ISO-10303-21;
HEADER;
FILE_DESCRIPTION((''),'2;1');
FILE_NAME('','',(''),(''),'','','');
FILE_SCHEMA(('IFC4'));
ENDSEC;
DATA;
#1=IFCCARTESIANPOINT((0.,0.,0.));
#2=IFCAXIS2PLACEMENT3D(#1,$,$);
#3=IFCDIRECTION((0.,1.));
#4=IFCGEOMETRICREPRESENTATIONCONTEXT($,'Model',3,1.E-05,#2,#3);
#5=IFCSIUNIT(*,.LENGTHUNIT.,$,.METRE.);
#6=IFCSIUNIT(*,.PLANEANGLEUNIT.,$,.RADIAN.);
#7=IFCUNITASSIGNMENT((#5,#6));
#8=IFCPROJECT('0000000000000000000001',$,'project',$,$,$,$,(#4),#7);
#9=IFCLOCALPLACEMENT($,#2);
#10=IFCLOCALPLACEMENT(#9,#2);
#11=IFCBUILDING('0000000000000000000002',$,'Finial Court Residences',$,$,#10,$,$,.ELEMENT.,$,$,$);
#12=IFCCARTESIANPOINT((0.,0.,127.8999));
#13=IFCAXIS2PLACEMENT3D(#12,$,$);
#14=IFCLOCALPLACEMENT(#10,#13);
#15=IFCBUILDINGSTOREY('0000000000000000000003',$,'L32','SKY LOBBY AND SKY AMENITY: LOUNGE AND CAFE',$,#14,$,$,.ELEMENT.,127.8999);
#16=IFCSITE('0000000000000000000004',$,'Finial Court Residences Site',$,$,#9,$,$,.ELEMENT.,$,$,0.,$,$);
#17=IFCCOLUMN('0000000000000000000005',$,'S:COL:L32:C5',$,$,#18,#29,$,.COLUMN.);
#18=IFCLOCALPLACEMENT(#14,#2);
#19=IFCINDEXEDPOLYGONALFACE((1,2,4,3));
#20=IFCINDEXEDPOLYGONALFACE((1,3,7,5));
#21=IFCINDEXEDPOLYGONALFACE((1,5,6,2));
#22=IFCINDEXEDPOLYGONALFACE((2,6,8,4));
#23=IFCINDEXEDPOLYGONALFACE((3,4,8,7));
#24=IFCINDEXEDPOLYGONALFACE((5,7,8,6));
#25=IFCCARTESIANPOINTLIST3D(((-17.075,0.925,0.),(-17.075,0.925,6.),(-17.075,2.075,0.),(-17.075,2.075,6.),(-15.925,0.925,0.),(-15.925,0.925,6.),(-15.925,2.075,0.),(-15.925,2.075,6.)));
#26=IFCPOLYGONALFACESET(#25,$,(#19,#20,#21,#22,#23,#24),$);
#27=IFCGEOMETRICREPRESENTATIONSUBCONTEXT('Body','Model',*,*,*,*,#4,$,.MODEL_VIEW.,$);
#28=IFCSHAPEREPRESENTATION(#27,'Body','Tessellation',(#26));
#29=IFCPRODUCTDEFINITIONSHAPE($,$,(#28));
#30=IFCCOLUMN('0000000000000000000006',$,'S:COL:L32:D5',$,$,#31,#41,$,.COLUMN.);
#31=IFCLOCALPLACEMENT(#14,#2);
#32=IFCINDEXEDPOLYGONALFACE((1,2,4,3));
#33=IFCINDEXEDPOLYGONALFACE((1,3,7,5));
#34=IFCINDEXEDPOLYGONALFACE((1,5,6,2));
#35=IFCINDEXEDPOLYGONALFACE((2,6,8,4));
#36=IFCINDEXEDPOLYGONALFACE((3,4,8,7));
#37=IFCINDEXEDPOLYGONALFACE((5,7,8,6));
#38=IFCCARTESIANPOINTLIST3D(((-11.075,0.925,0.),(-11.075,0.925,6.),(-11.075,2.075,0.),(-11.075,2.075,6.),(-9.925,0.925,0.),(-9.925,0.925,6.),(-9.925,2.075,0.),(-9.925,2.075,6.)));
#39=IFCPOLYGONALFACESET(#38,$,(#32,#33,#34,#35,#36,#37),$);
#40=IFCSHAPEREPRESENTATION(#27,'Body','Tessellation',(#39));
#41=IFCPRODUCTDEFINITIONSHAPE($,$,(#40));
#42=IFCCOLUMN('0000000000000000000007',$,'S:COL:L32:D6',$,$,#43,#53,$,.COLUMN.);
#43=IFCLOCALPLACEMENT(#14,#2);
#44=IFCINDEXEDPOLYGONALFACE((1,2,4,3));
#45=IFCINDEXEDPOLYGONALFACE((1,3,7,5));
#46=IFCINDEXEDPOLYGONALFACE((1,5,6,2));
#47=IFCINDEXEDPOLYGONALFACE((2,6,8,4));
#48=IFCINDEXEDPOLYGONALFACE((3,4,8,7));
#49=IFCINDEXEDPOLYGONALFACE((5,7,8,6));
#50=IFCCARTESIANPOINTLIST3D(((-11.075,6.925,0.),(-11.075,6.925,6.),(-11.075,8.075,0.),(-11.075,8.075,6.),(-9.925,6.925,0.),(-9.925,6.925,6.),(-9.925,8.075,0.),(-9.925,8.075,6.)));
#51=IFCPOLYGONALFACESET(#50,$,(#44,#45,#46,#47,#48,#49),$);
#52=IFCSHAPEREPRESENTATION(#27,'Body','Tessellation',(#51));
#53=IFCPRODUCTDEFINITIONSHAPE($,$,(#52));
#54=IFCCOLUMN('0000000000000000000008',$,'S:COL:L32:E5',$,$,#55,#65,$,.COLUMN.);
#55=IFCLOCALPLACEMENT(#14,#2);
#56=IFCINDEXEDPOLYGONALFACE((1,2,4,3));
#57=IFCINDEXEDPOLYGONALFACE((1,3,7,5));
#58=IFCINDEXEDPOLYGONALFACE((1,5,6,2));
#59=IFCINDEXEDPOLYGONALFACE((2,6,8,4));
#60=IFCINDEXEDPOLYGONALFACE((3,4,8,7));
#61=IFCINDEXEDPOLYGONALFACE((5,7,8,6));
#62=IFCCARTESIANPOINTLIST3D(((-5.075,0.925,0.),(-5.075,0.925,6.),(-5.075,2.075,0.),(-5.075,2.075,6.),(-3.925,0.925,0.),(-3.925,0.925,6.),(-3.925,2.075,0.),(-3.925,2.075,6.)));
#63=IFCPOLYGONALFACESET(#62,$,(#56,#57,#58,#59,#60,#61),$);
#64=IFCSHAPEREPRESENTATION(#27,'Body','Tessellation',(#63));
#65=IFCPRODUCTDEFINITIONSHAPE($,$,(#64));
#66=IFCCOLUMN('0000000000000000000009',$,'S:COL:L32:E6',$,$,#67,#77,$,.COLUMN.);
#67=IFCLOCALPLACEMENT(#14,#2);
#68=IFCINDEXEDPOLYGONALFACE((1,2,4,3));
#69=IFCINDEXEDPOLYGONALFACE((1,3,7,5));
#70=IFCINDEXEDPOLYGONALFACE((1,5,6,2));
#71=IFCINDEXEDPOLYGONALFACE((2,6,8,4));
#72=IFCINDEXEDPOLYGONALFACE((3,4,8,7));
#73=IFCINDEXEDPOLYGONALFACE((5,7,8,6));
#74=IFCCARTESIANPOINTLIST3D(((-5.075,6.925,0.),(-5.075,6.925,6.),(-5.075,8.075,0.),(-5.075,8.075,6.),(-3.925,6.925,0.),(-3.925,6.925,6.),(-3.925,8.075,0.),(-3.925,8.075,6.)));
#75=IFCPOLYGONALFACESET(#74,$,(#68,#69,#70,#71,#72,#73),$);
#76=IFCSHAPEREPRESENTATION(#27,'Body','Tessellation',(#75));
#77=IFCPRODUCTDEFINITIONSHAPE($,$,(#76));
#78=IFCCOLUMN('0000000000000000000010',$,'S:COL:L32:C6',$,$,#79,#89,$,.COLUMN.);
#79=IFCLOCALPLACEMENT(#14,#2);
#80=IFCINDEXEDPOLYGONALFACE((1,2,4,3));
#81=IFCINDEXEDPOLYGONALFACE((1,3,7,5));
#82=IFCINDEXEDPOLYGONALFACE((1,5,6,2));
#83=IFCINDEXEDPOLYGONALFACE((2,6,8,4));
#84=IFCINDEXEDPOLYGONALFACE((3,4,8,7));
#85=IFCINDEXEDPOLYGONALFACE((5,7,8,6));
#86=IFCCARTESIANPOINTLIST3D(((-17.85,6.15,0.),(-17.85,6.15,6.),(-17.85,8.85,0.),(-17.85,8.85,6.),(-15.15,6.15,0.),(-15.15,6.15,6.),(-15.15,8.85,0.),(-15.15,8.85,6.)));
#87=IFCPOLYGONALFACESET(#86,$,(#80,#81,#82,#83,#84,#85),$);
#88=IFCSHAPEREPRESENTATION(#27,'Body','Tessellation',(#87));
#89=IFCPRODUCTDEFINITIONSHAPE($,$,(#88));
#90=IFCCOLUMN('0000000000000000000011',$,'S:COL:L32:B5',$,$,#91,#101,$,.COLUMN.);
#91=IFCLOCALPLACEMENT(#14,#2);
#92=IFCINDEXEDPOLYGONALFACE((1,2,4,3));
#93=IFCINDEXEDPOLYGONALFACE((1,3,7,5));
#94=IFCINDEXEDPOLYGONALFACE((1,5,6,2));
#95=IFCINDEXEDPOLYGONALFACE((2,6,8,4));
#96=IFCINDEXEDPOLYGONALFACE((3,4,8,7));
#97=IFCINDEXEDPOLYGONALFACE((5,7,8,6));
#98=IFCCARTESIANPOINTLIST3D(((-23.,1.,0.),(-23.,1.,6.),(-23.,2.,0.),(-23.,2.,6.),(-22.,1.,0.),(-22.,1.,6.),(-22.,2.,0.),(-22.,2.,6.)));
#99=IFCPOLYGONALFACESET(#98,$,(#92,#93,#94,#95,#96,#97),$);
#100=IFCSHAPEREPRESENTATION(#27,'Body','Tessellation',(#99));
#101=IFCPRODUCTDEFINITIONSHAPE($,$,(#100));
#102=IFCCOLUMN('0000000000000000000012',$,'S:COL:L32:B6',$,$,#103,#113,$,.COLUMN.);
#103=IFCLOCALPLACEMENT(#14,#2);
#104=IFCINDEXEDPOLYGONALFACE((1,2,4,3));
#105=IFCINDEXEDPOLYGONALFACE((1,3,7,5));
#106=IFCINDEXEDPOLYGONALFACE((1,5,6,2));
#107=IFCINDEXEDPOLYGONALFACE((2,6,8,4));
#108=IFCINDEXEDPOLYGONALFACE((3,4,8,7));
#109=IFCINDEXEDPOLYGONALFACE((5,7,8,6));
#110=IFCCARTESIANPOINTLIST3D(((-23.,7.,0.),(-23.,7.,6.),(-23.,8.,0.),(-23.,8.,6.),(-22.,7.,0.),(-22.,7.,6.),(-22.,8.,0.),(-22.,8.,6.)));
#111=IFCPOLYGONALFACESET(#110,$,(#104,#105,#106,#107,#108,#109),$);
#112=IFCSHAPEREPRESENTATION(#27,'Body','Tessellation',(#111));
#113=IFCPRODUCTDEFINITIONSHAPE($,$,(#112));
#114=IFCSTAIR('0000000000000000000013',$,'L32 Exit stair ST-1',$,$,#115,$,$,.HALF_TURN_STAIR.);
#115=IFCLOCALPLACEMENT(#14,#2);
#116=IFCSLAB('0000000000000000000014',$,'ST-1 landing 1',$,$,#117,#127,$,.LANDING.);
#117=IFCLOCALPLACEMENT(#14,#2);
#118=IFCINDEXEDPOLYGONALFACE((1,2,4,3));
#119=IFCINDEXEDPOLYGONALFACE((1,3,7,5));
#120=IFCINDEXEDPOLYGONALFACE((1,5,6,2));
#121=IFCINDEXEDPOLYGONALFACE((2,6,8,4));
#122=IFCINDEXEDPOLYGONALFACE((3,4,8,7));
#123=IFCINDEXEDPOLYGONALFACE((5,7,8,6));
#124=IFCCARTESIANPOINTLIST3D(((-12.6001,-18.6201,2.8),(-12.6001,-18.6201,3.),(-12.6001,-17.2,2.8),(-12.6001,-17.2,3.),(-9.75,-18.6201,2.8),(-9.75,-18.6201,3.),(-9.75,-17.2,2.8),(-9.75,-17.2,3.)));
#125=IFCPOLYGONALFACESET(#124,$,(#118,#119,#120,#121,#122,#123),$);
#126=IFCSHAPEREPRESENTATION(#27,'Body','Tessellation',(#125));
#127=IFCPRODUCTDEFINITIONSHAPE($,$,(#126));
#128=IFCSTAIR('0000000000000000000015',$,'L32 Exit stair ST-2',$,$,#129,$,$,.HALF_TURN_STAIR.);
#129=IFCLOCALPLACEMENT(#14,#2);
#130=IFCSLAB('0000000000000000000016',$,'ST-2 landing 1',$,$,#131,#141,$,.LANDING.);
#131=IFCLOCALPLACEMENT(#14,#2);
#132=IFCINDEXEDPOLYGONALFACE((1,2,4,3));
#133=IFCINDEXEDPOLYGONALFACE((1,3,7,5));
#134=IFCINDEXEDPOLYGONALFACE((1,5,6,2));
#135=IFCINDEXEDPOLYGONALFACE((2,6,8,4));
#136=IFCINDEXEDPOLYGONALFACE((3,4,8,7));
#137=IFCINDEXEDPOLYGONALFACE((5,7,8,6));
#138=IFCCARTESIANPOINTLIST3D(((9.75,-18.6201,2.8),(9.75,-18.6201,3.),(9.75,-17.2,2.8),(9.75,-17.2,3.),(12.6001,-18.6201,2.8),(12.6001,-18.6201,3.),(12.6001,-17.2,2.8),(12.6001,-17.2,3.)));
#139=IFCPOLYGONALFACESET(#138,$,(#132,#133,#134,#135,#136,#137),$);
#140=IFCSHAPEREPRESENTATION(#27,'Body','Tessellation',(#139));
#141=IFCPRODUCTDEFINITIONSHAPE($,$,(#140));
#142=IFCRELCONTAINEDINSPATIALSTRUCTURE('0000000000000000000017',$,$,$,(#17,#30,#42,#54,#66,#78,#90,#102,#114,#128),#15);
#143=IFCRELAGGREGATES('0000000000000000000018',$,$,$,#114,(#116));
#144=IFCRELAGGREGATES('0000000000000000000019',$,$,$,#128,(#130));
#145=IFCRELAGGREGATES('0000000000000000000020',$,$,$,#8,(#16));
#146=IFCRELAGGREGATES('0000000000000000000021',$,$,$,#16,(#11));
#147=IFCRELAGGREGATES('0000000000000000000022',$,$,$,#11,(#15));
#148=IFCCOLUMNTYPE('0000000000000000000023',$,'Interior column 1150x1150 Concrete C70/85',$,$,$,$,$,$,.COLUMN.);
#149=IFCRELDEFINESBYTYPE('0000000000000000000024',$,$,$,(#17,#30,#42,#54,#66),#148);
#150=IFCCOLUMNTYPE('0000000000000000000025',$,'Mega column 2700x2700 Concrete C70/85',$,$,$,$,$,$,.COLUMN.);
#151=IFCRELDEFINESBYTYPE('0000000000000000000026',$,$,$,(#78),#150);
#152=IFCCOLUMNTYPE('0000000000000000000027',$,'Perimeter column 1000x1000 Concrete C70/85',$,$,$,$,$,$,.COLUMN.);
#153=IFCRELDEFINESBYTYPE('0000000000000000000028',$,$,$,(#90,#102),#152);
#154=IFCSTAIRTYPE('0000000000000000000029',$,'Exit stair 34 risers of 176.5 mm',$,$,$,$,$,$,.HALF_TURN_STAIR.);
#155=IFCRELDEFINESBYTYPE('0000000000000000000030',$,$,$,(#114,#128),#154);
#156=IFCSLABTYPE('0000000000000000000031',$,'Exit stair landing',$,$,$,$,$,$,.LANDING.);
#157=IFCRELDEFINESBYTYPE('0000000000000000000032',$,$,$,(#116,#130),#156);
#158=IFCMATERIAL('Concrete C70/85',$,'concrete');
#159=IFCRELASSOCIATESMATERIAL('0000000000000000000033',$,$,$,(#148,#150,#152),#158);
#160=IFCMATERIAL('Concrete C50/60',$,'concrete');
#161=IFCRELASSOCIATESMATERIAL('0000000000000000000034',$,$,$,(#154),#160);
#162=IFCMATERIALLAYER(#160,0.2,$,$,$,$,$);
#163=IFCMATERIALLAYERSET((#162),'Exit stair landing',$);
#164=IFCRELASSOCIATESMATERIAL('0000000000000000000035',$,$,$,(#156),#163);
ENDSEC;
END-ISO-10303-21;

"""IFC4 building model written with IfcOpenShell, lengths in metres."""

from ifc_helpers import new_model, si_unit, direction, frame, origin, origin_2d, place, context, subcontext, project, spatial, polyline, rectangle, outline, extrude, material, layer, layer_set, material_profile, profile_set, type_object, element, aggregate, save


model = new_model("IFC4")

# Units and contexts
model_context = context("Model", 3, precision=1e-05, world=origin(), true_north=direction((0.0, 1.0)))
body_context = subcontext(model_context, "Body", "Model", "MODEL_VIEW")
ifc_project = project(units=[si_unit("LENGTHUNIT", "METRE"), si_unit("PLANEANGLEUNIT", "RADIAN")], contexts=[model_context])

# Site, building, storey
site_placement = place(None, origin())
site = spatial("IfcSite", under=ifc_project, at=site_placement, Name="Finial Court Residences Site", CompositionType="ELEMENT", RefElevation=0.0)
building_placement = place(site_placement, origin())
building = spatial("IfcBuilding", under=site, at=building_placement, Name="Finial Court Residences", CompositionType="ELEMENT")
storey_placement = place(building_placement, frame((0.0, 0.0, 127.8999)))
storey = spatial("IfcBuildingStorey", under=building, at=storey_placement, Name="L32", Description="SKY LOBBY AND SKY AMENITY: LOUNGE AND CAFE", CompositionType="ELEMENT", Elevation=127.8999)

# Columns
ifc_material_1 = material(Name="Concrete C70/85", Category="concrete")
ifc_material_profile_1 = material_profile(ifc_material_1, rectangle(XDim=1.1499, YDim=1.1499, at=origin_2d()), Name="1150x1150")
ifc_profile_set_1 = profile_set([ifc_material_profile_1], Name="Concrete C70/85")
column_type_1 = type_object("IfcColumnType", Name="Interior column 1150x1150 Concrete C70/85", PredefinedType="COLUMN", material=ifc_profile_set_1)
for number, where, z_axis, x_axis, name in (
    (1, (-16.5, 1.5, 0.0), (0.0, 0.0, 1.0), (1.0, 0.0, 0.0), "S:COL:L32:C5"),
    (2, (-10.5, 1.5, 0.0), (0.0, 0.0, 1.0), (1.0, 0.0, 0.0), "S:COL:L32:D5"),
    (3, (-10.5, 7.5, 0.0), (0.0, 0.0, 1.0), (1.0, 0.0, 0.0), "S:COL:L32:D6"),
    (4, (-4.5, 1.5, 0.0), (0.0, 0.0, 1.0), (1.0, 0.0, 0.0), "S:COL:L32:E5"),
    (5, (-4.5, 7.5, 0.0), (0.0, 0.0, 1.0), (1.0, 0.0, 0.0), "S:COL:L32:E6"),
):
    element("IfcColumn", number, at=place(storey_placement, frame(where, z_axis=z_axis, x_axis=x_axis)), inside=storey, type_object=column_type_1, Name=name, PredefinedType="COLUMN", context=body_context, shape_type="SweptSolid", body=[
        extrude(rectangle(XDim=1.1499, YDim=1.1499, at=origin_2d()), origin(), (0.0, 0.0, 1.0), 6.0),
    ])
ifc_material_profile_2 = material_profile(ifc_material_1, rectangle(XDim=2.7, YDim=2.7, at=origin_2d()), Name="2700x2700")
ifc_profile_set_2 = profile_set([ifc_material_profile_2], Name="Concrete C70/85")
column_type_2 = type_object("IfcColumnType", Name="Mega column 2700x2700 Concrete C70/85", PredefinedType="COLUMN", material=ifc_profile_set_2)
column_placement = place(storey_placement, frame((-16.5, 7.5, 0.0), z_axis=(0.0, 0.0, 1.0), x_axis=(1.0, 0.0, 0.0)))
element("IfcColumn", 6, at=column_placement, inside=storey, type_object=column_type_2, Name="S:COL:L32:C6", PredefinedType="COLUMN", context=body_context, shape_type="SweptSolid", body=[
    extrude(rectangle(XDim=2.7, YDim=2.7, at=origin_2d()), origin(), (0.0, 0.0, 1.0), 6.0),
])
ifc_material_profile_3 = material_profile(ifc_material_1, rectangle(XDim=1.0, YDim=1.0, at=origin_2d()), Name="1000x1000")
ifc_profile_set_3 = profile_set([ifc_material_profile_3], Name="Concrete C70/85")
column_type_3 = type_object("IfcColumnType", Name="Perimeter column 1000x1000 Concrete C70/85", PredefinedType="COLUMN", material=ifc_profile_set_3)
for number, where, z_axis, x_axis, name in (
    (7, (-22.5, 1.5, 0.0), (0.0, 0.0, 1.0), (1.0, 0.0, 0.0), "S:COL:L32:B5"),
    (8, (-22.5, 7.5, 0.0), (0.0, 0.0, 1.0), (1.0, 0.0, 0.0), "S:COL:L32:B6"),
):
    element("IfcColumn", number, at=place(storey_placement, frame(where, z_axis=z_axis, x_axis=x_axis)), inside=storey, type_object=column_type_3, Name=name, PredefinedType="COLUMN", context=body_context, shape_type="SweptSolid", body=[
        extrude(rectangle(XDim=1.0, YDim=1.0, at=origin_2d()), origin(), (0.0, 0.0, 1.0), 6.0),
    ])

# Stairs, slabs
ifc_material_2 = material(Name="Concrete C50/60", Category="concrete")
stair_type = type_object("IfcStairType", Name="Exit stair 34 risers of 176.5 mm", PredefinedType="HALF_TURN_STAIR", material=ifc_material_2)
stair_1_placement = place(storey_placement, origin())
stair_1 = element("IfcStair", 9, at=stair_1_placement, inside=storey, type_object=stair_type, Name="L32 Exit stair ST-1", PredefinedType="HALF_TURN_STAIR")
ifc_layer_1 = layer(ifc_material_2, 0.2)
ifc_layer_set_1 = layer_set([ifc_layer_1], Name="Exit stair landing")
slab_type_1 = type_object("IfcSlabType", Name="Exit stair landing", PredefinedType="LANDING", material=ifc_layer_set_1)
slab_1_placement = place(storey_placement, frame((0.0, 0.0, 2.8)))
slab_1 = element("IfcSlab", 10, at=slab_1_placement, type_object=slab_type_1, Name="ST-1 landing 1", PredefinedType="LANDING", context=body_context, shape_type="SweptSolid", body=[
    extrude(outline(polyline([(-9.75, -18.6201), (-9.75, -17.2), (-12.6001, -17.2), (-12.6001, -18.6201), (-9.75, -18.6201)])), origin(), (0.0, 0.0, 1.0), 0.2),
])
aggregate(stair_1, [slab_1])
stair_2_placement = place(storey_placement, origin())
stair_2 = element("IfcStair", 11, at=stair_2_placement, inside=storey, type_object=stair_type, Name="L32 Exit stair ST-2", PredefinedType="HALF_TURN_STAIR")
slab_2_placement = place(storey_placement, frame((0.0, 0.0, 2.8)))
slab_2 = element("IfcSlab", 12, at=slab_2_placement, type_object=slab_type_1, Name="ST-2 landing 1", PredefinedType="LANDING", context=body_context, shape_type="SweptSolid", body=[
    extrude(outline(polyline([(12.6001, -18.6201), (12.6001, -17.2), (9.75, -17.2), (9.75, -18.6201), (12.6001, -18.6201)])), origin(), (0.0, 0.0, 1.0), 0.2),
])
aggregate(stair_2, [slab_2])

save(model, "model.ifc")
